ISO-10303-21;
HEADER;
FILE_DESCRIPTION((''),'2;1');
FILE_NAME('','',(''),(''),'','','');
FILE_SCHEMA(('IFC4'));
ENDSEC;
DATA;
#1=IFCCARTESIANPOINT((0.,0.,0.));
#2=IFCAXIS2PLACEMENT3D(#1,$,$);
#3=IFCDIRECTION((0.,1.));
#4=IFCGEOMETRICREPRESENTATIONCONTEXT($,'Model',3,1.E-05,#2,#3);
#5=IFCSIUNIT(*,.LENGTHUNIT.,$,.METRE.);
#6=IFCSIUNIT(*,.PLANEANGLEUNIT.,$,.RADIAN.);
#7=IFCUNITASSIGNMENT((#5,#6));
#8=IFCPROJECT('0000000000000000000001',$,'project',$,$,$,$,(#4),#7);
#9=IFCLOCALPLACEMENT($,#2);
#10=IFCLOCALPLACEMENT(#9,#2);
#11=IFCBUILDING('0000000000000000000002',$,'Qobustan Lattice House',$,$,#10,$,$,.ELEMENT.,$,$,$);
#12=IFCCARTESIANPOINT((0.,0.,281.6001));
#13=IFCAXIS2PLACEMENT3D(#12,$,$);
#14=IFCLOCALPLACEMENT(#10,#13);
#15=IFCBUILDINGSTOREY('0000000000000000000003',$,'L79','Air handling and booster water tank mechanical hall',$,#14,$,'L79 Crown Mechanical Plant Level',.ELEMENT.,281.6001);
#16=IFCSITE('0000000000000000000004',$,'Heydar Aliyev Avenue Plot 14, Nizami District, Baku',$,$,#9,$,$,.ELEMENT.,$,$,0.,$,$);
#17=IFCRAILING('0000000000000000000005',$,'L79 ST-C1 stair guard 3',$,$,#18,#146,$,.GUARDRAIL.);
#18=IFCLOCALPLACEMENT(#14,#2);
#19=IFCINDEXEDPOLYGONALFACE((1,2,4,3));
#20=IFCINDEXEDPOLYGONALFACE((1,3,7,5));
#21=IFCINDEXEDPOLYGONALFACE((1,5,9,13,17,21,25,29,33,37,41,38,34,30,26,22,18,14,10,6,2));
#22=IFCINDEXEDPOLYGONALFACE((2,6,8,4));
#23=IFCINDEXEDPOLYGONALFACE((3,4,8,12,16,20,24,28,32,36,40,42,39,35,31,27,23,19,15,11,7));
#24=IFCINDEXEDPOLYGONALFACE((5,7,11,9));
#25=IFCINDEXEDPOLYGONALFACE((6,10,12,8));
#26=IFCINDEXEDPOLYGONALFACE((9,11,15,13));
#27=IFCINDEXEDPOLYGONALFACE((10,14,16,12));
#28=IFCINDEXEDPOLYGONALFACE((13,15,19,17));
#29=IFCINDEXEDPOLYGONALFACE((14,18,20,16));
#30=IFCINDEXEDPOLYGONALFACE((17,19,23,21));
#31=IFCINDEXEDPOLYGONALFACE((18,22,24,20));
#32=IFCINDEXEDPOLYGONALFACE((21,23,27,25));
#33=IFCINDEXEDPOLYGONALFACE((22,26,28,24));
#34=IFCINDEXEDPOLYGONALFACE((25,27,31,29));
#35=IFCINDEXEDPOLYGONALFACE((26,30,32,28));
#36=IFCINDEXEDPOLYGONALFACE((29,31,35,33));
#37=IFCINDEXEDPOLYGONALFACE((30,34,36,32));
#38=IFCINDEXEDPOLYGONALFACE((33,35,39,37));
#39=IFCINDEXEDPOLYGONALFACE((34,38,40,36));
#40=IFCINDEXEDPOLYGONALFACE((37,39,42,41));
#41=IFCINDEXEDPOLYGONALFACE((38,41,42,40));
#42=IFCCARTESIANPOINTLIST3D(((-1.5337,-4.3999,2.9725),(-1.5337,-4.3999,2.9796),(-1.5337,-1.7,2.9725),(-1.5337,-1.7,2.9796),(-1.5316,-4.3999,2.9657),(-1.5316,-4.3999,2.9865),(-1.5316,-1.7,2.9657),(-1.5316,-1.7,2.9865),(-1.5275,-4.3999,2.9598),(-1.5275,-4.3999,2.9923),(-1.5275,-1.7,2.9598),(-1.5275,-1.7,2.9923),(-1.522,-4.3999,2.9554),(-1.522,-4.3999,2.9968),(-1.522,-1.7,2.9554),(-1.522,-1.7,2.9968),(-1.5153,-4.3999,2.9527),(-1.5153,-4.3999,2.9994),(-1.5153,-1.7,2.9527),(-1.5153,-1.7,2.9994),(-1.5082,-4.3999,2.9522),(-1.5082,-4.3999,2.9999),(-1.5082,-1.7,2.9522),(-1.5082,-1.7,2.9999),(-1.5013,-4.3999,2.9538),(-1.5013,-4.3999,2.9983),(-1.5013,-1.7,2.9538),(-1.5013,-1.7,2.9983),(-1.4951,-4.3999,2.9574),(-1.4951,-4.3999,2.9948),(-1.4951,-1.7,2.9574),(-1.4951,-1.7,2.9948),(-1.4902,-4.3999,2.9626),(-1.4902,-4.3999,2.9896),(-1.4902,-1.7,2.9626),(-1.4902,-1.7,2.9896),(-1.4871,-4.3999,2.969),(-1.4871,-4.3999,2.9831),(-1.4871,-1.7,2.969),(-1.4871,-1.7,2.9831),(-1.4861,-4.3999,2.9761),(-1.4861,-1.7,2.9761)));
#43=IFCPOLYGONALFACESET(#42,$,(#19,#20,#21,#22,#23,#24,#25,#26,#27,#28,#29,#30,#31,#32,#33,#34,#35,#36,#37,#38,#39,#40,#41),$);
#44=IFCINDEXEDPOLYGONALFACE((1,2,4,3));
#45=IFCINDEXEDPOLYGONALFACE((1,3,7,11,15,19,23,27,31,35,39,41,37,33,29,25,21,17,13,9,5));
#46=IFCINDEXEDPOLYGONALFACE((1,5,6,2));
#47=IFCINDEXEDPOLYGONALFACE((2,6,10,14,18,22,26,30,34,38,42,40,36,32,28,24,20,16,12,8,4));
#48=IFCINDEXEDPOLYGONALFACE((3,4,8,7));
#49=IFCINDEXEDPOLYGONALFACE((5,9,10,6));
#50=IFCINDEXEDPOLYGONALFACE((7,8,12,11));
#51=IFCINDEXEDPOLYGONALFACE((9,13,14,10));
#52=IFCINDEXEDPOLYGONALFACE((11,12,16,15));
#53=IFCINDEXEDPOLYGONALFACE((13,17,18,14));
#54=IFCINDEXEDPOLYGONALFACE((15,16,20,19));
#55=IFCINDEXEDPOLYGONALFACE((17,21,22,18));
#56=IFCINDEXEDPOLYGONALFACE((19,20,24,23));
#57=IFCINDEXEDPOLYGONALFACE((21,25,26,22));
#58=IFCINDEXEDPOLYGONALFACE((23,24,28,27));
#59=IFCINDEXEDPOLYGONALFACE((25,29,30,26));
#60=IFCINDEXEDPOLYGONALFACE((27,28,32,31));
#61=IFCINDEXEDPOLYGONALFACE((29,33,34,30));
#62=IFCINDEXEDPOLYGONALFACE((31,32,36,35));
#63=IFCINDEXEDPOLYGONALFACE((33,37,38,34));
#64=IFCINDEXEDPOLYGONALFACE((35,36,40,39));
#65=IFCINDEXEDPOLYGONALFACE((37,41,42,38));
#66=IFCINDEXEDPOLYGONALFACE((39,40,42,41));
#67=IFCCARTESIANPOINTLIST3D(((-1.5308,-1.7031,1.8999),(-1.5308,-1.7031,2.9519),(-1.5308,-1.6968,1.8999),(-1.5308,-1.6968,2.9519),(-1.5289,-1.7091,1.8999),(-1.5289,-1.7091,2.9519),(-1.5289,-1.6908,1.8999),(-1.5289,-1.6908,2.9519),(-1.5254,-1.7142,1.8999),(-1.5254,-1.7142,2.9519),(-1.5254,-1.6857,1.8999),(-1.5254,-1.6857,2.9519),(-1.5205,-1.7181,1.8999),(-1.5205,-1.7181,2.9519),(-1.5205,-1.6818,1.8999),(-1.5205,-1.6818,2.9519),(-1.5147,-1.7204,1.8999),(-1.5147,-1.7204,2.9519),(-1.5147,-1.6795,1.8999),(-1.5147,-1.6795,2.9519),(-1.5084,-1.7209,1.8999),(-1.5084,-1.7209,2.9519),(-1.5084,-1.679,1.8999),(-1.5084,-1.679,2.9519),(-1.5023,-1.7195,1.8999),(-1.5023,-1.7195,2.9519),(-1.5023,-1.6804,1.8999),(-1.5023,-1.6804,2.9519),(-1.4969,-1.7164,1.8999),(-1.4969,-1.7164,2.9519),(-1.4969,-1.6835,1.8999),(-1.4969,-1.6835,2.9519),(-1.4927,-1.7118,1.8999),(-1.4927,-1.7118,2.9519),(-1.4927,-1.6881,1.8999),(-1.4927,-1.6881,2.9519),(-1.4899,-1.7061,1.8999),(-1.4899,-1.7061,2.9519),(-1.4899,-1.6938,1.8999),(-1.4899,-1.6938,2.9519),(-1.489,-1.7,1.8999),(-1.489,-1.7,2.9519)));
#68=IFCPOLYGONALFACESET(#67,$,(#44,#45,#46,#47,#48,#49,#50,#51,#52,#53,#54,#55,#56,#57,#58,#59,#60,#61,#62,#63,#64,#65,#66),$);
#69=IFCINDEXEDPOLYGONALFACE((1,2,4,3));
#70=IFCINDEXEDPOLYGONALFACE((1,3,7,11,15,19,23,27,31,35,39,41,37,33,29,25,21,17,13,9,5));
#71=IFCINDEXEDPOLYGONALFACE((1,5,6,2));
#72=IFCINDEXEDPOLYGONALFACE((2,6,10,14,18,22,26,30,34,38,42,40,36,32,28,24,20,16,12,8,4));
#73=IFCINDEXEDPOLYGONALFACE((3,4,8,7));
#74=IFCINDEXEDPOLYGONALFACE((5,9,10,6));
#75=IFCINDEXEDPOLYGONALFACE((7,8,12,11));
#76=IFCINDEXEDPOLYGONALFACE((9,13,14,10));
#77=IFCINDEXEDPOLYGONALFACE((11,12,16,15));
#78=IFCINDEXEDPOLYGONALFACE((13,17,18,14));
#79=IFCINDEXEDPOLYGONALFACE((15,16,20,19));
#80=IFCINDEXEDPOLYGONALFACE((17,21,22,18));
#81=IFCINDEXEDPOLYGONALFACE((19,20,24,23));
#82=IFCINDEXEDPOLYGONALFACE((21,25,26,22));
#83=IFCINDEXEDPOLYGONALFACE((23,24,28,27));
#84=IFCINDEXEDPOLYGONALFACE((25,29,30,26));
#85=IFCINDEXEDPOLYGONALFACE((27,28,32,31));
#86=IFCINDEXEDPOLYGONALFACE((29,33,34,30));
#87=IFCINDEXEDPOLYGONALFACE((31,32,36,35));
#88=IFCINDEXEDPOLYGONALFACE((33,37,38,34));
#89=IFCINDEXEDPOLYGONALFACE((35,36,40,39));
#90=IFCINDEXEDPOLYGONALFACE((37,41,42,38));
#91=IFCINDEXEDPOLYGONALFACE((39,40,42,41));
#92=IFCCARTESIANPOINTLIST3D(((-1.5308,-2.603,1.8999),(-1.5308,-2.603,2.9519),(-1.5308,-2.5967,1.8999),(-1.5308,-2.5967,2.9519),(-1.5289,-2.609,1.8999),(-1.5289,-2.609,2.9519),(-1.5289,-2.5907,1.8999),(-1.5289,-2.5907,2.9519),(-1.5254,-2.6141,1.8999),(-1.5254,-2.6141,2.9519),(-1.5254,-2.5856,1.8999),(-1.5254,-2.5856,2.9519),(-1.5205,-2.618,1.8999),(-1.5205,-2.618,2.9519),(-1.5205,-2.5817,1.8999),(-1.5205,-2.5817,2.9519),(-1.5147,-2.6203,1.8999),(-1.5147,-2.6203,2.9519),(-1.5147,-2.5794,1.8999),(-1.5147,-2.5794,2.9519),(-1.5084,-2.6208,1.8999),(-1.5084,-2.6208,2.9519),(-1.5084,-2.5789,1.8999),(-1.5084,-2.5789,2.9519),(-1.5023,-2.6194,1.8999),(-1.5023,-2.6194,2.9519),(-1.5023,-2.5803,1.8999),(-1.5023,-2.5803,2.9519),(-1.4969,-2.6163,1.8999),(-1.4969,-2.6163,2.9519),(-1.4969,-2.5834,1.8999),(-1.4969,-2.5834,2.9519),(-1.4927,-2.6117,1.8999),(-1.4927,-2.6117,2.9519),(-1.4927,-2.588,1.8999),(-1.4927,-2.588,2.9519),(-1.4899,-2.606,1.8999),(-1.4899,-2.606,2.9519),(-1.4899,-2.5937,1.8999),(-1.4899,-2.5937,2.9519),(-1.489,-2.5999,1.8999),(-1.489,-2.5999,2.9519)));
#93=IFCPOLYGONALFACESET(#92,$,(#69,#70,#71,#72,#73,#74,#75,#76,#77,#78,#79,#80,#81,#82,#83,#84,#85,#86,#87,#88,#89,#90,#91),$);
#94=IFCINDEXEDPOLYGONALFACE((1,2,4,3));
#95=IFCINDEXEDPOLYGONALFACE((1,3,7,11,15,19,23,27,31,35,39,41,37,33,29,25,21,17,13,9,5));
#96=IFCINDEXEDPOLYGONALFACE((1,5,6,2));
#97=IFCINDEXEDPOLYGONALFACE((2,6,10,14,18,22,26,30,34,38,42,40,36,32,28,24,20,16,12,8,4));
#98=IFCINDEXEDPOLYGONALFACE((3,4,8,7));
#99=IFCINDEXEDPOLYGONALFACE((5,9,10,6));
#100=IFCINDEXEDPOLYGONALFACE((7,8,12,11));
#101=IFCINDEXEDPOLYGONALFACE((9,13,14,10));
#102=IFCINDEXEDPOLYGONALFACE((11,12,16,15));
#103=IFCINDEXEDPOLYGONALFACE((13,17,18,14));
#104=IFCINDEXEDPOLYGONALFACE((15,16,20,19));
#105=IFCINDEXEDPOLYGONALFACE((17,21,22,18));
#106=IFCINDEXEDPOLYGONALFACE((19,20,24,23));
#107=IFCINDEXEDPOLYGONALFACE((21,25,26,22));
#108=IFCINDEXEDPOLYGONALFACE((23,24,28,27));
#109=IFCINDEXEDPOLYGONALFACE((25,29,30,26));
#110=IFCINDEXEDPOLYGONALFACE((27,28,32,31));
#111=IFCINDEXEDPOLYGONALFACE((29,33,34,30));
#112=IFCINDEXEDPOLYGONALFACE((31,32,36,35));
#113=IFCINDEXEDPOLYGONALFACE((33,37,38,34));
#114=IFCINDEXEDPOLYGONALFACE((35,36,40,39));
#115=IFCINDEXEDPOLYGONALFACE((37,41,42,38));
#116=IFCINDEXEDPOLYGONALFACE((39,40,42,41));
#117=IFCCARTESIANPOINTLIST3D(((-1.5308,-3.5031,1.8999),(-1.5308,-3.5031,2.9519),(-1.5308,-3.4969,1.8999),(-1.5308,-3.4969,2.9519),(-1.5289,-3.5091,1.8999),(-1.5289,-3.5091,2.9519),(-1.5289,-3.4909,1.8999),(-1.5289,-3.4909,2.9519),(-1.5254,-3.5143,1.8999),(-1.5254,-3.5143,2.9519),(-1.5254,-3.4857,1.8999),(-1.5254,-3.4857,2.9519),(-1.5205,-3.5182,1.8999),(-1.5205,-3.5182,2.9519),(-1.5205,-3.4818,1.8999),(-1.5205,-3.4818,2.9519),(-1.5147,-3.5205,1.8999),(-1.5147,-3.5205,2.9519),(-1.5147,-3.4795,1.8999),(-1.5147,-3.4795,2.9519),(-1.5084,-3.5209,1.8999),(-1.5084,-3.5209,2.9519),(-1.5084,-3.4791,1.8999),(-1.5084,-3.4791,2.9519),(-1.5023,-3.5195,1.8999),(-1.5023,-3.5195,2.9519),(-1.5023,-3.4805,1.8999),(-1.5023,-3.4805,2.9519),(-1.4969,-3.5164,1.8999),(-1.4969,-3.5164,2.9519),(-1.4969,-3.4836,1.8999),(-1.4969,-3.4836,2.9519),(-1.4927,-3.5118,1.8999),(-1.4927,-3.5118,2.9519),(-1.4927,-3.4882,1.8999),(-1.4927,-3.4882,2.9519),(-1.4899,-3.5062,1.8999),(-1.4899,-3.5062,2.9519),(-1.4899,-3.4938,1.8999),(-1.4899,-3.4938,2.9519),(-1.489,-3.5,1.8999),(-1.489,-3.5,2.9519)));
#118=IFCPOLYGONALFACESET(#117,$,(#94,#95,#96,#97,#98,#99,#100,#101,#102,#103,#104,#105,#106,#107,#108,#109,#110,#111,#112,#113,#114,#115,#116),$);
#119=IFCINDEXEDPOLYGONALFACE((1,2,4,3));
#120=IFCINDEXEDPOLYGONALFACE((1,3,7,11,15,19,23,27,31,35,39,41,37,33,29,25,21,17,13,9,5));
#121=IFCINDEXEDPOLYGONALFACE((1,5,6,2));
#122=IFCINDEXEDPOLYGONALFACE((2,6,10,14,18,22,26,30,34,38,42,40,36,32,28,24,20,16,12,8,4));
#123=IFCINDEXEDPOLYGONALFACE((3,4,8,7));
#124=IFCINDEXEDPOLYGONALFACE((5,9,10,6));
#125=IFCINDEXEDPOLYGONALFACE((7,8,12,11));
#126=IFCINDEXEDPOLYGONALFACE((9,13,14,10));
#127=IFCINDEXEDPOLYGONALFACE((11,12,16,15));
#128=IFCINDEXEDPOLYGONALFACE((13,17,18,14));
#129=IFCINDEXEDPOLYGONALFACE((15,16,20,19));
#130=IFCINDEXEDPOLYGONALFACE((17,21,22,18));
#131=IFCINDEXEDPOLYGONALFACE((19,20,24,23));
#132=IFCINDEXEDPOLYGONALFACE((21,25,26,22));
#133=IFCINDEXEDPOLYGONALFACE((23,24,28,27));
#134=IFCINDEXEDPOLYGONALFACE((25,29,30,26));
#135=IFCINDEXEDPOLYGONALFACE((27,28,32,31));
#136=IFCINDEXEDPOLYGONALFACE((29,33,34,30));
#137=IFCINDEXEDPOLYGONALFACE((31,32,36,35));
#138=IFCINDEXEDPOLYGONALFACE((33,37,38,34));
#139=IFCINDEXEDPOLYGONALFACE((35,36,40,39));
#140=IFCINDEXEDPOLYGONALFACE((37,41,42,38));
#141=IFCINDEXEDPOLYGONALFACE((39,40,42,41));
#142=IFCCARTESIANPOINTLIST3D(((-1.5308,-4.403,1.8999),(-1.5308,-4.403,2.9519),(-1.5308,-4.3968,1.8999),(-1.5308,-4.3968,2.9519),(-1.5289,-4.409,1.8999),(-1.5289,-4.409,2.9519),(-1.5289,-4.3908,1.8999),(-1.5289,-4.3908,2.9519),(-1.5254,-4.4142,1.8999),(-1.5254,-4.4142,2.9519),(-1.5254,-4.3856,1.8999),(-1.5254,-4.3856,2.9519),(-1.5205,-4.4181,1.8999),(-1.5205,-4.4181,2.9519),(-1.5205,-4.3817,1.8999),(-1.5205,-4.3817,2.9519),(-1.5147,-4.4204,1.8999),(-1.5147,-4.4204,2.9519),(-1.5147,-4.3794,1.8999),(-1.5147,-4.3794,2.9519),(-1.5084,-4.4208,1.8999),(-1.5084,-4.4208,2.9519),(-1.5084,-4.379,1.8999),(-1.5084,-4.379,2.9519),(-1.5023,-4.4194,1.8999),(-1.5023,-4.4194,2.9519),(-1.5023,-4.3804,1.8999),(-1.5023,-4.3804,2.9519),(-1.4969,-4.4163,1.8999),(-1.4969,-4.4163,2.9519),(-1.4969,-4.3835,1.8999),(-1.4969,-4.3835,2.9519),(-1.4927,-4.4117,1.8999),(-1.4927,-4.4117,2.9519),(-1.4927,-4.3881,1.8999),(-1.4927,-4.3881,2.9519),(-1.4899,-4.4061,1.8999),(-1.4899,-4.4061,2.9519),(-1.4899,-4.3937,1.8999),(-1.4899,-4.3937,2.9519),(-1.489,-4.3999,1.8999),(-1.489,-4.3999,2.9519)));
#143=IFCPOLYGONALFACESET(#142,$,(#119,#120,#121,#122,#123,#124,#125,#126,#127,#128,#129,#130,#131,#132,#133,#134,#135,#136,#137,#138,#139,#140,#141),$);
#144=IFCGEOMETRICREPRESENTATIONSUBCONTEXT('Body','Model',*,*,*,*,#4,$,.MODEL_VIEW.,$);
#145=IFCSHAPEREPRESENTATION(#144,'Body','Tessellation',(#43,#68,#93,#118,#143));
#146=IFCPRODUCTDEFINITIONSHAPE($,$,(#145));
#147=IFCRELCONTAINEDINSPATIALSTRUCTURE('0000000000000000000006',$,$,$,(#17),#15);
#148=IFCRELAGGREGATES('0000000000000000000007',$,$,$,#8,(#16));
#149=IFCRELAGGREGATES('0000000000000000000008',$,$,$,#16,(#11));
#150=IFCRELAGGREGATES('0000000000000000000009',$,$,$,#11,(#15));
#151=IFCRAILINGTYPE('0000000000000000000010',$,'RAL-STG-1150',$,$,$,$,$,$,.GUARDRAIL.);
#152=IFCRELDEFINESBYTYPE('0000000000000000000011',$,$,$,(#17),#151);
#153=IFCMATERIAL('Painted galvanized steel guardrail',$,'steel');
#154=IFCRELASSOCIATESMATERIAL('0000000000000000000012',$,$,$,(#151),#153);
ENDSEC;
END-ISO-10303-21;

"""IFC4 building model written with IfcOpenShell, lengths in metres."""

from ifc_helpers import new_model, si_unit, direction, frame, origin, origin_2d, place, context, subcontext, project, spatial, circle, extrude, material, type_object, element, save


model = new_model("IFC4")

# Units and contexts
model_context = context("Model", 3, precision=1e-05, world=origin(), true_north=direction((0.0, 1.0)))
body_context = subcontext(model_context, "Body", "Model", "MODEL_VIEW")
ifc_project = project(units=[si_unit("LENGTHUNIT", "METRE"), si_unit("PLANEANGLEUNIT", "RADIAN")], contexts=[model_context])

# Site, building, storey
site_placement = place(None, origin())
site = spatial("IfcSite", under=ifc_project, at=site_placement, Name="Heydar Aliyev Avenue Plot 14, Nizami District, Baku", CompositionType="ELEMENT", RefElevation=0.0)
building_placement = place(site_placement, origin())
building = spatial("IfcBuilding", under=site, at=building_placement, Name="Qobustan Lattice House", CompositionType="ELEMENT")
storey_placement = place(building_placement, frame((0.0, 0.0, 281.6001)))
storey = spatial("IfcBuildingStorey", under=building, at=storey_placement, Name="L79", Description="Air handling and booster water tank mechanical hall", LongName="L79 Crown Mechanical Plant Level", CompositionType="ELEMENT", Elevation=281.6001)

# Railing
ifc_material_1 = material(Name="Painted galvanized steel guardrail", Category="steel")
railing_type = type_object("IfcRailingType", Name="RAL-STG-1150", PredefinedType="GUARDRAIL", material=ifc_material_1)
railing_1_placement = place(storey_placement, frame((-1.51, -1.7, 1.8999)))
element("IfcRailing", 1, at=railing_1_placement, inside=storey, type_object=railing_type, Name="L79 ST-C1 stair guard 3", PredefinedType="GUARDRAIL", context=body_context, shape_type="SweptSolid", body=[
    extrude(circle(Radius=0.0239, at=origin_2d()), frame((0.0, 0.0, 1.0762), z_axis=(0.0, -1.0, 0.0), x_axis=(1.0, 0.0, 0.0)), (0.0, 0.0, 1.0), 2.7),
    extrude(circle(Radius=0.021, at=origin_2d()), origin(), (0.0, 0.0, 1.0), 1.052),
    extrude(circle(Radius=0.021, at=origin_2d()), frame((0.0, -0.8999, 0.0)), (0.0, 0.0, 1.0), 1.052),
    extrude(circle(Radius=0.021, at=origin_2d()), frame((0.0, -1.8, 0.0)), (0.0, 0.0, 1.0), 1.052),
    extrude(circle(Radius=0.021, at=origin_2d()), frame((0.0, -2.7, 0.0)), (0.0, 0.0, 1.0), 1.052),
])

save(model, "model.ifc")
